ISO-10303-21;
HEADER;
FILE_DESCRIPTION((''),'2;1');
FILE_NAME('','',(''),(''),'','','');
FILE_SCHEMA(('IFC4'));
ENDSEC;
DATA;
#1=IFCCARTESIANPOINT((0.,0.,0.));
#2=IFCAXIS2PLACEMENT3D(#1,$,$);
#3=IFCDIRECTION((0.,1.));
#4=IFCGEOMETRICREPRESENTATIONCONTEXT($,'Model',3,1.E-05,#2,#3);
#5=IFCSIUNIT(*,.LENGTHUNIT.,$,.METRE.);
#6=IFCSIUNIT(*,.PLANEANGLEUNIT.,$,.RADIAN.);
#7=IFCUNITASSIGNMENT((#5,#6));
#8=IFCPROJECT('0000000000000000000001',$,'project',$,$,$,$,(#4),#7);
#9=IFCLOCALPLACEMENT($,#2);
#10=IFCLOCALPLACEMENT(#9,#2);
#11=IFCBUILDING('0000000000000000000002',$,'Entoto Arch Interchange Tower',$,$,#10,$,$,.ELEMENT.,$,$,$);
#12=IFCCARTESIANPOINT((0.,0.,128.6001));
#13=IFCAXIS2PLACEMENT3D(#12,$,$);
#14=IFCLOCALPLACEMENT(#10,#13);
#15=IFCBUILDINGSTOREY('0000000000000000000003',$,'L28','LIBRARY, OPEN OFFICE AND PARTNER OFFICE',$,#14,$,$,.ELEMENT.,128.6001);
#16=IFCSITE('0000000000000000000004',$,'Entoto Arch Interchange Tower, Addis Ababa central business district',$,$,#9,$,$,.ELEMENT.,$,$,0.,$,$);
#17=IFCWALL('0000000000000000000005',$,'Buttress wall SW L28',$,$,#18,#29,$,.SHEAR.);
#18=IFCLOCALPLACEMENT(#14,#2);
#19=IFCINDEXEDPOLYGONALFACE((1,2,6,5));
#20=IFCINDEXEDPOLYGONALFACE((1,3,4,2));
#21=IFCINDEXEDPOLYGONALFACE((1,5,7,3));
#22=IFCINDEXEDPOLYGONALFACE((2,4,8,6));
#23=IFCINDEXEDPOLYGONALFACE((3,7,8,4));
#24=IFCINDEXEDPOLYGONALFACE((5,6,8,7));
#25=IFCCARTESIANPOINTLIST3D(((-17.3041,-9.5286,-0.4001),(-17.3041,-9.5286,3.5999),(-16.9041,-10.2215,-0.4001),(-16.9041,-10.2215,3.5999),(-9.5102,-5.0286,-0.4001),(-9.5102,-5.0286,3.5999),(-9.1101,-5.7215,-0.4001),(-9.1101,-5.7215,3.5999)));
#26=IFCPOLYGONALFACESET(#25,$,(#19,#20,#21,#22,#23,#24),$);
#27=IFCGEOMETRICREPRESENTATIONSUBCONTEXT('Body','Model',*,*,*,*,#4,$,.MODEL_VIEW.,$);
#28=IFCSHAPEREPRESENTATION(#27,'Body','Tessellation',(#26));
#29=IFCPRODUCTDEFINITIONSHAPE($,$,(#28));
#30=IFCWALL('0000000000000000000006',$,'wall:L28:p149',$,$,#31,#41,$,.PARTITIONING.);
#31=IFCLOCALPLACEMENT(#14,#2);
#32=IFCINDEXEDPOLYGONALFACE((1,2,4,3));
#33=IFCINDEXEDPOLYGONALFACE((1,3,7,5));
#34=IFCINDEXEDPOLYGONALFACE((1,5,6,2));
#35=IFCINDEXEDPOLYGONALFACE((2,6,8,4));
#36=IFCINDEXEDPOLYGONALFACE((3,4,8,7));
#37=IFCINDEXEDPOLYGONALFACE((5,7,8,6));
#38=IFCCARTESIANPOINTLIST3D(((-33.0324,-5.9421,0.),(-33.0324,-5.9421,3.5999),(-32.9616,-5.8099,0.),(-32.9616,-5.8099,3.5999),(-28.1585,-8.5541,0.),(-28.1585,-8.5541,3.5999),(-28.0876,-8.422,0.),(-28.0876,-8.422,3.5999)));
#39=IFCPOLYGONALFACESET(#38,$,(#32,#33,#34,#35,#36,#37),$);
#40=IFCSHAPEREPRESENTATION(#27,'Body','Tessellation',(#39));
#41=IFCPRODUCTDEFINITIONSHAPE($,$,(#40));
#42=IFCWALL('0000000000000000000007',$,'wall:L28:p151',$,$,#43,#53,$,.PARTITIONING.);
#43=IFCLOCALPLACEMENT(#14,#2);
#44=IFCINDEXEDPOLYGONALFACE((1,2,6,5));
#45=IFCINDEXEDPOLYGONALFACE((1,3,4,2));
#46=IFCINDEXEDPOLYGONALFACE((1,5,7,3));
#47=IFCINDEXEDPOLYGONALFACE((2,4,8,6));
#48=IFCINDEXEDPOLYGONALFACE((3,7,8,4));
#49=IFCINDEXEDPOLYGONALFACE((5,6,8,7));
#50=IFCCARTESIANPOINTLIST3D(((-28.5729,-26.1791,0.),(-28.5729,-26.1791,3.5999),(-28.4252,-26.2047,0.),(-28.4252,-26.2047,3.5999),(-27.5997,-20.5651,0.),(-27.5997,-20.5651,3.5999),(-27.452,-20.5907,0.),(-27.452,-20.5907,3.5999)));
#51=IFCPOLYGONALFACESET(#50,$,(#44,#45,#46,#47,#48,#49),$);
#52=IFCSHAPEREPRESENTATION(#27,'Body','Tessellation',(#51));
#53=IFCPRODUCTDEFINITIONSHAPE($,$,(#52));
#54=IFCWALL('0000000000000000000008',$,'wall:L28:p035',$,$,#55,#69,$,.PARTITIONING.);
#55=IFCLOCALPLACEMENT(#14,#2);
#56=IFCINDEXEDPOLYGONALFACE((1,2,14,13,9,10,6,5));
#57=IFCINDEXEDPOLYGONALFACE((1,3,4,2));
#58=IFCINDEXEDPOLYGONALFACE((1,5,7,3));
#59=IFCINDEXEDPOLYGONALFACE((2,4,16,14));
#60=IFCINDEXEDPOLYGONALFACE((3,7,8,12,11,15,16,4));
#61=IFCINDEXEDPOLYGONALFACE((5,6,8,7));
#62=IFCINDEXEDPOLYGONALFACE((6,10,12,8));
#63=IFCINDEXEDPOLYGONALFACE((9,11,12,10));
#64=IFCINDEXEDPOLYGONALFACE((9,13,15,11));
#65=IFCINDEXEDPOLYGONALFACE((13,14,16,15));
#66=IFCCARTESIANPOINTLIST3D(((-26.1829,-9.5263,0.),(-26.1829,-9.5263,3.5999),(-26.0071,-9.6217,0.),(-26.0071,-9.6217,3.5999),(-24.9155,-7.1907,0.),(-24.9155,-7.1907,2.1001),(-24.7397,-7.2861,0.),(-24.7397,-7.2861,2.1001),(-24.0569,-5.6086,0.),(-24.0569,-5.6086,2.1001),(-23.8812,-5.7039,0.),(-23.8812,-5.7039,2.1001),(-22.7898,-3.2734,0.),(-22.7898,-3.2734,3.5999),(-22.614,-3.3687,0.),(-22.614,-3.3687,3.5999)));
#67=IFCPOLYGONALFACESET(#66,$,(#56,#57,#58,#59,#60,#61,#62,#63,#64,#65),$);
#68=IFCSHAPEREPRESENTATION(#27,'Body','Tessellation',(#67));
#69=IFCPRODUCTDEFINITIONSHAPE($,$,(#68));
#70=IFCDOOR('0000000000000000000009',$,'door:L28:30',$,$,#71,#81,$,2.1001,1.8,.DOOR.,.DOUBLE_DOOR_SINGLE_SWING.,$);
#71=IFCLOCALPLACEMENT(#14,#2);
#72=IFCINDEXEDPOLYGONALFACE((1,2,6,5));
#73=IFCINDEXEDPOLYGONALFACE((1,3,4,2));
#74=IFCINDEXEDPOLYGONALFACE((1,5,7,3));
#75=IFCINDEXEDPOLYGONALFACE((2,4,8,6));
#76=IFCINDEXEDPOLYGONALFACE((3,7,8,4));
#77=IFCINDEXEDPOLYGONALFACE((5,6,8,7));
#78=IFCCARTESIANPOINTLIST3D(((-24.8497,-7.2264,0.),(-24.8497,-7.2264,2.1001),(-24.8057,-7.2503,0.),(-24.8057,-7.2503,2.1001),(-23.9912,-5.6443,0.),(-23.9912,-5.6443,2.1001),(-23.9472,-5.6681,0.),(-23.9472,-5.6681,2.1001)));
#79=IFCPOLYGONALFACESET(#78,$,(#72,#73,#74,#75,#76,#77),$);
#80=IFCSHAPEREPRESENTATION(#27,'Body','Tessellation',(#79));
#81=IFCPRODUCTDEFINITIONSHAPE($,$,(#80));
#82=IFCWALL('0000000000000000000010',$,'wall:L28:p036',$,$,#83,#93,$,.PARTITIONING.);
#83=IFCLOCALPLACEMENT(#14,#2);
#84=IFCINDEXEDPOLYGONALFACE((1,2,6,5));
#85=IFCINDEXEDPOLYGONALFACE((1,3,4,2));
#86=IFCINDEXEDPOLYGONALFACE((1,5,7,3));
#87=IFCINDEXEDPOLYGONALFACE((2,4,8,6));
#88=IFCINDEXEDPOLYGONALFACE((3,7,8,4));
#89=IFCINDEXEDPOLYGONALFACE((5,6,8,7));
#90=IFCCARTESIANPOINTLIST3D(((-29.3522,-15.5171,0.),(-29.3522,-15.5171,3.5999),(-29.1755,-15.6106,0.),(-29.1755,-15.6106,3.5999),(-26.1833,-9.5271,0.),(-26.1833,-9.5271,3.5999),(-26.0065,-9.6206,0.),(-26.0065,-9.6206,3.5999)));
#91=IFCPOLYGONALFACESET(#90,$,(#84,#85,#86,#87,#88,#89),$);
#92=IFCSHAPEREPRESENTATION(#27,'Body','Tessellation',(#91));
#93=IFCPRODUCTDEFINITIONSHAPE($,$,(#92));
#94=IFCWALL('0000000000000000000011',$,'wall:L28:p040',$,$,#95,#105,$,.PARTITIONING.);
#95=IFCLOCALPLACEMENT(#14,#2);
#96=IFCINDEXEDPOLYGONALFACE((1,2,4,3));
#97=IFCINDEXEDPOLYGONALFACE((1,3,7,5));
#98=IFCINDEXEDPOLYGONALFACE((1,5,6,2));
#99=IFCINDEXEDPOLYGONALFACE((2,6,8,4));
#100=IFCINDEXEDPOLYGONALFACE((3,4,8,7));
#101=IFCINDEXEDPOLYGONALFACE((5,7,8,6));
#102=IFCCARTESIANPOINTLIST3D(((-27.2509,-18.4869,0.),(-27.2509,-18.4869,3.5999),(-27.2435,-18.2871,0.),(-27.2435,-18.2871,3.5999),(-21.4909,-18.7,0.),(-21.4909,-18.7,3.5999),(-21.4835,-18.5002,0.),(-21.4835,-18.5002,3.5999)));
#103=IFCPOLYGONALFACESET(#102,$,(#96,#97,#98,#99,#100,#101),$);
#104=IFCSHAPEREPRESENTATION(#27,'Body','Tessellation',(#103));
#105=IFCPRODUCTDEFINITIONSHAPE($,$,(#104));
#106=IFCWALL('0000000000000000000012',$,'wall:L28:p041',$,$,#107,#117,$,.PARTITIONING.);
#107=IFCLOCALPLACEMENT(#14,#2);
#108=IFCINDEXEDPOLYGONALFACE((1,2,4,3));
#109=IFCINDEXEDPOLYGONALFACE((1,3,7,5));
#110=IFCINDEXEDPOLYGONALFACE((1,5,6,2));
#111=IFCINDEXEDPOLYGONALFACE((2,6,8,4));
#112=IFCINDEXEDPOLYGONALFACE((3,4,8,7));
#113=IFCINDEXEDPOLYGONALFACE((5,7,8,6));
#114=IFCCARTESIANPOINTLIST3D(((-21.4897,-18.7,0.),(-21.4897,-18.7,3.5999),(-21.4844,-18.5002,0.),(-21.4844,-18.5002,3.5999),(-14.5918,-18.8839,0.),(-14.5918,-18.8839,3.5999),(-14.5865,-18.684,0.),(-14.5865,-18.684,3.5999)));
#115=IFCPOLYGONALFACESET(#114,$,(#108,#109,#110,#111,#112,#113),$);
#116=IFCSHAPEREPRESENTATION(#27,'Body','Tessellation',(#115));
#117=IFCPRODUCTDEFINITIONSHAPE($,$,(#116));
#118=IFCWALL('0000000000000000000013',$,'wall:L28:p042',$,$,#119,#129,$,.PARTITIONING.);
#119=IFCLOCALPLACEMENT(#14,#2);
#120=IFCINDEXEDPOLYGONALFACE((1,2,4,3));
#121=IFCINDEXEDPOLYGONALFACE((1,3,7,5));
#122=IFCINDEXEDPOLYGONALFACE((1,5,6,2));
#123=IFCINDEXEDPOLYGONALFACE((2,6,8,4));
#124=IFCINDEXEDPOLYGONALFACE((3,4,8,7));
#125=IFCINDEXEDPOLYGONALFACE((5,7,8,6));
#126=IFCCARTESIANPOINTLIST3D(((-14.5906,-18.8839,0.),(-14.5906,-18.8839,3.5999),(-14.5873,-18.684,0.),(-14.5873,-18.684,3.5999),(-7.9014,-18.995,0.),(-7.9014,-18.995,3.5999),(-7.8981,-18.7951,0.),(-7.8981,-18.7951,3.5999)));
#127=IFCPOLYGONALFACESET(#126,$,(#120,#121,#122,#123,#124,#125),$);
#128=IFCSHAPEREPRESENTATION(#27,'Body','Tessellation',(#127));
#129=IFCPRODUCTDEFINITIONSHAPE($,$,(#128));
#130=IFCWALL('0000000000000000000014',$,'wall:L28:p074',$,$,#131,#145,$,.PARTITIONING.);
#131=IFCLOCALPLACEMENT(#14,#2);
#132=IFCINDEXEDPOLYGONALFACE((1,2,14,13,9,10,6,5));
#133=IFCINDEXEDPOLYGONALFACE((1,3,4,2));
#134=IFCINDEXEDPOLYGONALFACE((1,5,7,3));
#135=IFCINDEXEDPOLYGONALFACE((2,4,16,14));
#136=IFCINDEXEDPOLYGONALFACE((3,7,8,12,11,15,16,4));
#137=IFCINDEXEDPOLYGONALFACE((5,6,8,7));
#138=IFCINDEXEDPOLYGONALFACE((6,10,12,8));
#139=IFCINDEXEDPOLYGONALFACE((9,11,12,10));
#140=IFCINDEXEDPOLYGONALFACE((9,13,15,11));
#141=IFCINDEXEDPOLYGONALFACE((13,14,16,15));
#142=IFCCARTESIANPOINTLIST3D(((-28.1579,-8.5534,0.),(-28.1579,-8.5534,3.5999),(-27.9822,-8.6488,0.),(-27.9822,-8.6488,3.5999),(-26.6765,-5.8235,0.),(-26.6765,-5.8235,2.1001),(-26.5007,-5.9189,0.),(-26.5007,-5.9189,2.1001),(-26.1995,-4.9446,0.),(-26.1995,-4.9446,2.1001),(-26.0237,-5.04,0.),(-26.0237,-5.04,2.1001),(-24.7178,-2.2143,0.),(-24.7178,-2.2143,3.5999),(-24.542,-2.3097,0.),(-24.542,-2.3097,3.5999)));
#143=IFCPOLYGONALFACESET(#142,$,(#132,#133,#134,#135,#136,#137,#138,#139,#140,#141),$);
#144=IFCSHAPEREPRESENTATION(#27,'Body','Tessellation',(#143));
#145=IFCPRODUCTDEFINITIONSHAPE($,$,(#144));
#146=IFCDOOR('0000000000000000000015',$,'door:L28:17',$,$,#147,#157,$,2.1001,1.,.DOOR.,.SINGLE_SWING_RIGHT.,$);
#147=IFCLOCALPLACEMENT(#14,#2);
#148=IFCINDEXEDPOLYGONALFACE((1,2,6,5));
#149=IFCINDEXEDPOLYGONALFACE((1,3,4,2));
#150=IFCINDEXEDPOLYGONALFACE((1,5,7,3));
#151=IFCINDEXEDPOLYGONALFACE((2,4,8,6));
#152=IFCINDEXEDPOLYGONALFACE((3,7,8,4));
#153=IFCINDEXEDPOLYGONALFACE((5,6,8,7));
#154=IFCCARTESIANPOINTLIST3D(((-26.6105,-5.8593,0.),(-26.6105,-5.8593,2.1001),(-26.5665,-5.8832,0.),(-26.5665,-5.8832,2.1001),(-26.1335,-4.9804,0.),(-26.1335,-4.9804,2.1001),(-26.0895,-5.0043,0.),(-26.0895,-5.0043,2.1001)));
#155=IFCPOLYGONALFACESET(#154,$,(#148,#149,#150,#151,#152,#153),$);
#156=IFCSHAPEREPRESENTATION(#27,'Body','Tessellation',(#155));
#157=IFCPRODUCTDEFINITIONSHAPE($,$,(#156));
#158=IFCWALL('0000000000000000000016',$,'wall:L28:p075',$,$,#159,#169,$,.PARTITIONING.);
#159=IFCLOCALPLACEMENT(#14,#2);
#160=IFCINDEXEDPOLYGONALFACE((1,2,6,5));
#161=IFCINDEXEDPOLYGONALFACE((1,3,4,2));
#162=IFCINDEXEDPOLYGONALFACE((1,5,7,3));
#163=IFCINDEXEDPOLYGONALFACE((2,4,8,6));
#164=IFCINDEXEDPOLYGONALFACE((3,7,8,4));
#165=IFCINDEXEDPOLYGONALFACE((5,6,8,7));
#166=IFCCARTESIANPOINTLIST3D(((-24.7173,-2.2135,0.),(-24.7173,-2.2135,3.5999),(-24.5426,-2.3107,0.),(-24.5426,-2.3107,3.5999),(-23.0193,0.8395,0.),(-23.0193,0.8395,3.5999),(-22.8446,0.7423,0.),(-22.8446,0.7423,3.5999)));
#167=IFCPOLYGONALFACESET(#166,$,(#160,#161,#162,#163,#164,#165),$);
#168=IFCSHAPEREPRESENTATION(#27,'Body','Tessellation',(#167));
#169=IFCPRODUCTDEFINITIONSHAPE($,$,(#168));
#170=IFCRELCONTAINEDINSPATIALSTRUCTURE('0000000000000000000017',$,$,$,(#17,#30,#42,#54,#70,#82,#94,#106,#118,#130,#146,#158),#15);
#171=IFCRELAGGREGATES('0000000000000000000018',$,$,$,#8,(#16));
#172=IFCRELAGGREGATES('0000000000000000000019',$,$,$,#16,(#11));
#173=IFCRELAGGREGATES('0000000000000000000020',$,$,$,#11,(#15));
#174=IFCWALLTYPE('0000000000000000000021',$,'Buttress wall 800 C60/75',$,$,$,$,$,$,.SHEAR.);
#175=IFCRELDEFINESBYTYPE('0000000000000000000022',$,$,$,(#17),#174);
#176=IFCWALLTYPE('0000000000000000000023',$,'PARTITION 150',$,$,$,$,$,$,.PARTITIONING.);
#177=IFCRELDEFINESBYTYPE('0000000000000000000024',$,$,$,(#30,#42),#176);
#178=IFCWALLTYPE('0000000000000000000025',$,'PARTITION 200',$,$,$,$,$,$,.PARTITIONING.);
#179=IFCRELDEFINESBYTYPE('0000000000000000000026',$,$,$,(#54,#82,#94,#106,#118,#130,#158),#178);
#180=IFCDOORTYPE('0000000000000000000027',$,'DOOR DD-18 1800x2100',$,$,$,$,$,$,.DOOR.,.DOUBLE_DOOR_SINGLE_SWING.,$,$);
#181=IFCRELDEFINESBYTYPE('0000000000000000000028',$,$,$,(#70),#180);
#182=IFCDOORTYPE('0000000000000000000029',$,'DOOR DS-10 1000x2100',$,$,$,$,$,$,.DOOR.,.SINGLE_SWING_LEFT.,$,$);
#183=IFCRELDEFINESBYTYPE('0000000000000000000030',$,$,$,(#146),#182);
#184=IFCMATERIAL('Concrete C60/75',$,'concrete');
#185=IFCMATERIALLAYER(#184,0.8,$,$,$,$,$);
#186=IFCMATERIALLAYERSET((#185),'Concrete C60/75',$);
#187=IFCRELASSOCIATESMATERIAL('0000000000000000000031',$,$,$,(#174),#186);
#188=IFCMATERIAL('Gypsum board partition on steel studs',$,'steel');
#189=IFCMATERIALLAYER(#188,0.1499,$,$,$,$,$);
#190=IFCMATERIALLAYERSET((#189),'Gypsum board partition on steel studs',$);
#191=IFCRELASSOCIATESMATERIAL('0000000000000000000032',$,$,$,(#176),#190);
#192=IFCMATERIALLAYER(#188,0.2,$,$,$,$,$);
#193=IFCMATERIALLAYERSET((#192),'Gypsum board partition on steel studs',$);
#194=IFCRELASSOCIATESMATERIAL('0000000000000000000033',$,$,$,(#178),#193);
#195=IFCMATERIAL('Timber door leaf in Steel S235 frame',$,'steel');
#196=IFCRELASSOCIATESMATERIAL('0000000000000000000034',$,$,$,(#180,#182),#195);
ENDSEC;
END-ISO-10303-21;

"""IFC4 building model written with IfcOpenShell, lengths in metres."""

from ifc_helpers import new_model, si_unit, direction, frame, frame_2d, origin, place, context, subcontext, project, spatial, rectangle, extrude, material, layer, layer_set, type_object, element, fill, save


model = new_model("IFC4")

# Units and contexts
model_context = context("Model", 3, precision=1e-05, world=origin(), true_north=direction((0.0, 1.0)))
body_context = subcontext(model_context, "Body", "Model", "MODEL_VIEW")
ifc_project = project(units=[si_unit("LENGTHUNIT", "METRE"), si_unit("PLANEANGLEUNIT", "RADIAN")], contexts=[model_context])

# Site, building, storey
site_placement = place(None, origin())
site = spatial("IfcSite", under=ifc_project, at=site_placement, Name="Entoto Arch Interchange Tower, Addis Ababa central business district", CompositionType="ELEMENT", RefElevation=0.0)
building_placement = place(site_placement, origin())
building = spatial("IfcBuilding", under=site, at=building_placement, Name="Entoto Arch Interchange Tower", CompositionType="ELEMENT")
storey_placement = place(building_placement, frame((0.0, 0.0, 128.6001)))
storey = spatial("IfcBuildingStorey", under=building, at=storey_placement, Name="L28", Description="LIBRARY, OPEN OFFICE AND PARTNER OFFICE", CompositionType="ELEMENT", Elevation=128.6001)

# Walls
ifc_material_1 = material(Name="Concrete C60/75", Category="concrete")
ifc_layer_1 = layer(ifc_material_1, 0.8)
ifc_layer_set_1 = layer_set([ifc_layer_1], Name="Concrete C60/75")
wall_type_1 = type_object("IfcWallType", Name="Buttress wall 800 C60/75", PredefinedType="SHEAR", material=ifc_layer_set_1)
wall_1_placement = place(storey_placement, frame((-9.3101, -5.375, -0.4001), z_axis=(0.0, 0.0, 1.0), x_axis=(-0.866018, -0.500014, 0.0)))
element("IfcWall", 1, at=wall_1_placement, inside=storey, type_object=wall_type_1, Name="Buttress wall SW L28", PredefinedType="SHEAR", context=body_context, shape_type="SweptSolid", body=[
    extrude(rectangle(XDim=8.9998, YDim=0.8, at=frame_2d((4.5, 0.0))), origin(), (0.0, 0.0, 1.0), 4.0),
])
ifc_material_2 = material(Name="Gypsum board partition on steel studs", Category="steel")
ifc_layer_2 = layer(ifc_material_2, 0.1499)
ifc_layer_set_2 = layer_set([ifc_layer_2], Name="Gypsum board partition on steel studs")
wall_type_2 = type_object("IfcWallType", Name="PARTITION 150", PredefinedType="PARTITIONING", material=ifc_layer_set_2)
wall_2_placement = place(storey_placement, frame((-28.123, -8.488, 0.0), z_axis=(0.0, 0.0, 1.0), x_axis=(-0.881406, 0.472359, 0.0)))
element("IfcWall", 2, at=wall_2_placement, inside=storey, type_object=wall_type_2, Name="wall:L28:p149", PredefinedType="PARTITIONING", context=body_context, shape_type="SweptSolid", body=[
    extrude(rectangle(XDim=5.5298, YDim=0.1499, at=frame_2d((2.7649, 0.0))), origin(), (0.0, 0.0, 1.0), 3.5999),
])
wall_3_placement = place(storey_placement, frame((-27.5259, -20.5779, 0.0), z_axis=(0.0, 0.0, 1.0), x_axis=(-0.170795, -0.985307, 0.0)))
element("IfcWall", 3, at=wall_3_placement, inside=storey, type_object=wall_type_2, Name="wall:L28:p151", PredefinedType="PARTITIONING", context=body_context, shape_type="SweptSolid", body=[
    extrude(rectangle(XDim=5.6978, YDim=0.1499, at=frame_2d((2.8489, 0.0))), origin(), (0.0, 0.0, 1.0), 3.5999),
])

# Wall, opening, door
ifc_layer_3 = layer(ifc_material_2, 0.2)
ifc_layer_set_3 = layer_set([ifc_layer_3], Name="Gypsum board partition on steel studs")
wall_type_3 = type_object("IfcWallType", Name="PARTITION 200", PredefinedType="PARTITIONING", material=ifc_layer_set_3)
wall_4_placement = place(storey_placement, frame((-22.7019, -3.321, 0.0), z_axis=(0.0, 0.0, 1.0), x_axis=(-0.476942, -0.878935, 0.0)))
wall_4 = element("IfcWall", 4, at=wall_4_placement, inside=storey, type_object=wall_type_3, Name="wall:L28:p035", PredefinedType="PARTITIONING", context=body_context, shape_type="SweptSolid", body=[
    extrude(rectangle(XDim=7.1143, YDim=0.2, at=frame_2d((3.5571, 0.0))), origin(), (0.0, 0.0, 1.0), 3.5999),
])
opening_1_placement = place(wall_4_placement, frame((2.657, 0.0, 0.0)))
opening_1 = element("IfcOpeningElement", 5, at=opening_1_placement, cuts=wall_4, PredefinedType="OPENING", context=body_context, shape_type="SweptSolid", body=[
    extrude(rectangle(XDim=1.8, YDim=2.1001, at=frame_2d((0.8999, 1.05))), frame((0.0, 0.1099, 0.0), z_axis=(0.0, -1.0, 0.0), x_axis=(1.0, 0.0, 0.0)), (0.0, 0.0, 1.0), 0.22),
])
ifc_material_3 = material(Name="Timber door leaf in Steel S235 frame", Category="steel")
door_type_1 = type_object("IfcDoorType", Name="DOOR DD-18 1800x2100", OperationType="DOUBLE_DOOR_SINGLE_SWING", PredefinedType="DOOR", material=ifc_material_3)
door_1_placement = place(opening_1_placement, origin())
door_1 = element("IfcDoor", 6, at=door_1_placement, inside=storey, type_object=door_type_1, Name="door:L28:30", OperationType="DOUBLE_DOOR_SINGLE_SWING", OverallHeight=2.1001, OverallWidth=1.8, PredefinedType="DOOR", context=body_context, shape_type="SweptSolid", body=[
    extrude(rectangle(XDim=1.8, YDim=2.1001, at=frame_2d((0.8999, 1.05))), frame((0.0, 0.0249, 0.0), z_axis=(0.0, -1.0, 0.0), x_axis=(1.0, 0.0, 0.0)), (0.0, 0.0, 1.0), 0.05),
])
fill(opening_1, door_1)

# Walls
wall_5_placement = place(storey_placement, frame((-26.095, -9.574, 0.0), z_axis=(0.0, 0.0, 1.0), x_axis=(-0.467631, -0.883924, 0.0)))
element("IfcWall", 7, at=wall_5_placement, inside=storey, type_object=wall_type_3, Name="wall:L28:p036", PredefinedType="PARTITIONING", context=body_context, shape_type="SweptSolid", body=[
    extrude(rectangle(XDim=6.7766, YDim=0.2, at=frame_2d((3.3882, 0.0))), origin(), (0.0, 0.0, 1.0), 3.5999),
])
wall_6_placement = place(storey_placement, frame((-27.2471, -18.387, 0.0), z_axis=(0.0, 0.0, 1.0), x_axis=(0.999316, -0.036977, 0.0)))
element("IfcWall", 8, at=wall_6_placement, inside=storey, type_object=wall_type_3, Name="wall:L28:p040", PredefinedType="PARTITIONING", context=body_context, shape_type="SweptSolid", body=[
    extrude(rectangle(XDim=5.7639, YDim=0.2, at=frame_2d((2.8818, 0.0))), origin(), (0.0, 0.0, 1.0), 3.5999),
])
wall_7_placement = place(storey_placement, frame((-21.4871, -18.6001, 0.0), z_axis=(0.0, 0.0, 1.0), x_axis=(0.999645, -0.026642, 0.0)))
element("IfcWall", 9, at=wall_7_placement, inside=storey, type_object=wall_type_3, Name="wall:L28:p041", PredefinedType="PARTITIONING", context=body_context, shape_type="SweptSolid", body=[
    extrude(rectangle(XDim=6.9004, YDim=0.2, at=frame_2d((3.4502, 0.0))), origin(), (0.0, 0.0, 1.0), 3.5999),
])
wall_8_placement = place(storey_placement, frame((-14.5891, -18.7839, 0.0), z_axis=(0.0, 0.0, 1.0), x_axis=(0.999862, -0.016604, 0.0)))
element("IfcWall", 10, at=wall_8_placement, inside=storey, type_object=wall_type_3, Name="wall:L28:p042", PredefinedType="PARTITIONING", context=body_context, shape_type="SweptSolid", body=[
    extrude(rectangle(XDim=6.6902, YDim=0.2, at=frame_2d((3.3452, 0.0))), origin(), (0.0, 0.0, 1.0), 3.5999),
])

# Wall, opening, door
wall_9_placement = place(storey_placement, frame((-28.0701, -8.6011, 0.0), z_axis=(0.0, 0.0, 1.0), x_axis=(0.47698, 0.878914, 0.0)))
wall_9 = element("IfcWall", 11, at=wall_9_placement, inside=storey, type_object=wall_type_3, Name="wall:L28:p074", PredefinedType="PARTITIONING", context=body_context, shape_type="SweptSolid", body=[
    extrude(rectangle(XDim=7.2124, YDim=0.2, at=frame_2d((3.6062, 0.0))), origin(), (0.0, 0.0, 1.0), 3.5999),
])
opening_2_placement = place(wall_9_placement, frame((3.106, 0.0, 0.0)))
opening_2 = element("IfcOpeningElement", 12, at=opening_2_placement, cuts=wall_9, PredefinedType="OPENING", context=body_context, shape_type="SweptSolid", body=[
    extrude(rectangle(XDim=1.0, YDim=2.1001, at=frame_2d((0.5, 1.05))), frame((0.0, 0.1099, 0.0), z_axis=(0.0, -1.0, 0.0), x_axis=(1.0, 0.0, 0.0)), (0.0, 0.0, 1.0), 0.22),
])
door_type_2 = type_object("IfcDoorType", Name="DOOR DS-10 1000x2100", OperationType="SINGLE_SWING_LEFT", PredefinedType="DOOR", material=ifc_material_3)
door_2_placement = place(opening_2_placement, origin())
door_2 = element("IfcDoor", 13, at=door_2_placement, inside=storey, type_object=door_type_2, Name="door:L28:17", OperationType="SINGLE_SWING_RIGHT", OverallHeight=2.1001, OverallWidth=1.0, PredefinedType="DOOR", context=body_context, shape_type="SweptSolid", body=[
    extrude(rectangle(XDim=1.0, YDim=2.1001, at=frame_2d((0.5, 1.05))), frame((0.0, 0.0249, 0.0), z_axis=(0.0, -1.0, 0.0), x_axis=(1.0, 0.0, 0.0)), (0.0, 0.0, 1.0), 0.05),
])
fill(opening_2, door_2)

# Wall
wall_10_placement = place(storey_placement, frame((-24.6299, -2.262, 0.0), z_axis=(0.0, 0.0, 1.0), x_axis=(0.486058, 0.873926, 0.0)))
element("IfcWall", 14, at=wall_10_placement, inside=storey, type_object=wall_type_3, Name="wall:L28:p075", PredefinedType="PARTITIONING", context=body_context, shape_type="SweptSolid", body=[
    extrude(rectangle(XDim=3.4934, YDim=0.2, at=frame_2d((1.7466, 0.0))), origin(), (0.0, 0.0, 1.0), 3.5999),
])

save(model, "model.ifc")
